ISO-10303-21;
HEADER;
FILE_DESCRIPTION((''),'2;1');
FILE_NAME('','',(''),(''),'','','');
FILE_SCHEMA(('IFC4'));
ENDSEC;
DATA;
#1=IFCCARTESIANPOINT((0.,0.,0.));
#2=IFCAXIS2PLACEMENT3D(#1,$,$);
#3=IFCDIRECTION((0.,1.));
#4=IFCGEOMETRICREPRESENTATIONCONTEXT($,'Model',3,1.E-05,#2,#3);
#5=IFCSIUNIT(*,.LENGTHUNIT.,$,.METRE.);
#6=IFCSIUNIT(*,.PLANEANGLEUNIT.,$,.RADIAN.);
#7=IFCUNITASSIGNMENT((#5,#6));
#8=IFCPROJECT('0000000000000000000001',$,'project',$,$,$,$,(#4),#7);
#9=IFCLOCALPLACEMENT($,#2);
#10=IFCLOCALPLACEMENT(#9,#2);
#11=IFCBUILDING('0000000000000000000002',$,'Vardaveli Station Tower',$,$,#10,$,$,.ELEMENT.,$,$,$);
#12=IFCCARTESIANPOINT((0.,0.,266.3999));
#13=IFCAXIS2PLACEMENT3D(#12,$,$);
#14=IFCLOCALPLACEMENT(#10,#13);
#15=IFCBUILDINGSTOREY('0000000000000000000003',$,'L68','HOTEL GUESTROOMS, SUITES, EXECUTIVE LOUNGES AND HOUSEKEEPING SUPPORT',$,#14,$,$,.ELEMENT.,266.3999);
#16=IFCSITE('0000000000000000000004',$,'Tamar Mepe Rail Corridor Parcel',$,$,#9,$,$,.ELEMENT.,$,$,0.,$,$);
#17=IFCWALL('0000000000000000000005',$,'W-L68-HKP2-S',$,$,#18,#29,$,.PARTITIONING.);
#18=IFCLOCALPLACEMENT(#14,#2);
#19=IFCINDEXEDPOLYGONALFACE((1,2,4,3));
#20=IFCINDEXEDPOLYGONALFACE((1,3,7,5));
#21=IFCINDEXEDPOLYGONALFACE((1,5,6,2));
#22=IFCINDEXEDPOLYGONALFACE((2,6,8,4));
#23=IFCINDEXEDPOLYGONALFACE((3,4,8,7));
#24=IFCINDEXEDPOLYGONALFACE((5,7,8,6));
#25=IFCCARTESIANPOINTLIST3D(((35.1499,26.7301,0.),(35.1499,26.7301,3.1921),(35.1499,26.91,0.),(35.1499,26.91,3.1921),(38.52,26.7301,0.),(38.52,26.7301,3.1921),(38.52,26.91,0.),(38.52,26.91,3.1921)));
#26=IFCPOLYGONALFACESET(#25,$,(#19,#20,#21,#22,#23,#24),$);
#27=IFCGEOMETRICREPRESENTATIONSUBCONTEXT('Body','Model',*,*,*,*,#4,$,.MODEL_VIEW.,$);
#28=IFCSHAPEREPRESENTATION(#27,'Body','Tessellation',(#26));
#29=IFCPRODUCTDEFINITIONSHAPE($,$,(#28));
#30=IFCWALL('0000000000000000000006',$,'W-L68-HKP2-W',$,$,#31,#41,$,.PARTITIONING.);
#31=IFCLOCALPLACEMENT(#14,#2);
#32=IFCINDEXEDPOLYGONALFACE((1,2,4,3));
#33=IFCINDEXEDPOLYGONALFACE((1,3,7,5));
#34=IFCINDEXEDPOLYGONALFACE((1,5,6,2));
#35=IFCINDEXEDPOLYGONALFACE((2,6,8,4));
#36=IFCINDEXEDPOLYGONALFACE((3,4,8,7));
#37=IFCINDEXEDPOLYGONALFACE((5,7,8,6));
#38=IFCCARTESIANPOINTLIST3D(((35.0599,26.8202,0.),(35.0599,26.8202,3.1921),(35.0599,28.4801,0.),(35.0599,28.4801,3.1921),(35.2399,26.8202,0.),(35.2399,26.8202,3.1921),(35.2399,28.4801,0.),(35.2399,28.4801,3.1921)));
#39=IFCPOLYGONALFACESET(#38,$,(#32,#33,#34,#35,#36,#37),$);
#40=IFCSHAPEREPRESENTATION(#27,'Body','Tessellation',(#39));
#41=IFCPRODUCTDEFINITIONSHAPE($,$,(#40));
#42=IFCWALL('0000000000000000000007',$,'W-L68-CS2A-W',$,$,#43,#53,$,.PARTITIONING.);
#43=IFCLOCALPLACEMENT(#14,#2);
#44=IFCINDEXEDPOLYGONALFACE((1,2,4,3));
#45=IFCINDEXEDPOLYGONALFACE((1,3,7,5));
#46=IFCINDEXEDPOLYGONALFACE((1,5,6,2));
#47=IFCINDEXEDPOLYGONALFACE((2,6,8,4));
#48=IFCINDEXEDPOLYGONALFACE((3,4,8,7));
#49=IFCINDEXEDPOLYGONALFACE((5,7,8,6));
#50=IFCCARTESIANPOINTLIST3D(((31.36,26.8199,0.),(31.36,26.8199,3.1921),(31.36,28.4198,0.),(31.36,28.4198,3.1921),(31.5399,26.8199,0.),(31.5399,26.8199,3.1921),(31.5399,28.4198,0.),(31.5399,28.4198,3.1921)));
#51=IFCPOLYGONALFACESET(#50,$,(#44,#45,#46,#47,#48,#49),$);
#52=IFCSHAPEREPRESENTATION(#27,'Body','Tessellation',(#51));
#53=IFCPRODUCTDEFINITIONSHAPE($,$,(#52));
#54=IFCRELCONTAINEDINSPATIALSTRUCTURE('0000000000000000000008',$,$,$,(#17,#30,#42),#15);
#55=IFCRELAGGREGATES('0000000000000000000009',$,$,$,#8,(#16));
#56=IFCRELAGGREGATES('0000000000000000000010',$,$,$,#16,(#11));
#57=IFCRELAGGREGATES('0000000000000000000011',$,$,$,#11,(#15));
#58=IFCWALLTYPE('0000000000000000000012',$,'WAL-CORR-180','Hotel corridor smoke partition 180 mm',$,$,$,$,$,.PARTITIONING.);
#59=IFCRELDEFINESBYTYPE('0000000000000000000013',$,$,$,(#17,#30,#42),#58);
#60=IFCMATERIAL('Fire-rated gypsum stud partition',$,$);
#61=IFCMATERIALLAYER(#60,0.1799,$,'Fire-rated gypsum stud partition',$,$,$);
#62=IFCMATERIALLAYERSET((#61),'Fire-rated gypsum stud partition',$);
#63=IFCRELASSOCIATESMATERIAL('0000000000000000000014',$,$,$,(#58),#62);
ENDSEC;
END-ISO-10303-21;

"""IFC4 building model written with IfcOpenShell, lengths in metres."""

from ifc_helpers import new_model, si_unit, direction, frame, frame_2d, origin, place, context, subcontext, project, spatial, rectangle, extrude, source, transform, mapped, material, layer, layer_set, type_object, element, save


model = new_model("IFC4")

# Units and contexts
model_context = context("Model", 3, precision=1e-05, world=origin(), true_north=direction((0.0, 1.0)))
body_context = subcontext(model_context, "Body", "Model", "MODEL_VIEW")
ifc_project = project(units=[si_unit("LENGTHUNIT", "METRE"), si_unit("PLANEANGLEUNIT", "RADIAN")], contexts=[model_context])

# Site, building, storey
site_placement = place(None, origin())
site = spatial("IfcSite", under=ifc_project, at=site_placement, Name="Tamar Mepe Rail Corridor Parcel", CompositionType="ELEMENT", RefElevation=0.0)
building_placement = place(site_placement, origin())
building = spatial("IfcBuilding", under=site, at=building_placement, Name="Vardaveli Station Tower", CompositionType="ELEMENT")
storey_placement = place(building_placement, frame((0.0, 0.0, 266.3999)))
storey = spatial("IfcBuildingStorey", under=building, at=storey_placement, Name="L68", Description="HOTEL GUESTROOMS, SUITES, EXECUTIVE LOUNGES AND HOUSEKEEPING SUPPORT", CompositionType="ELEMENT", Elevation=266.3999)

# Shared definitions
ifc_material_1 = material(Name="Fire-rated gypsum stud partition")
ifc_layer_1 = layer(ifc_material_1, 0.1799, Name="Fire-rated gypsum stud partition")
ifc_layer_set_1 = layer_set([ifc_layer_1], Name="Fire-rated gypsum stud partition")
wall_type_1 = type_object("IfcWallType", Name="WAL-CORR-180", Description="Hotel corridor smoke partition 180 mm", PredefinedType="PARTITIONING", material=ifc_layer_set_1)

# Walls
shared_shape_1 = source(origin(), body_context, "Body", "SweptSolid", [
    extrude(rectangle(XDim=3.3701, YDim=0.1799, at=frame_2d((1.6851, 0.0))), origin(), (0.0, 0.0, 1.0), 3.1921),
])
wall_1_placement = place(storey_placement, frame((35.1499, 26.8201, 0.0), z_axis=(0.0, 0.0, 1.0), x_axis=(1.0, 0.0, 0.0)))
element("IfcWall", 1, at=wall_1_placement, inside=storey, type_object=wall_type_1, Name="W-L68-HKP2-S", PredefinedType="PARTITIONING", context=body_context, shape_type="MappedRepresentation", body=[
    mapped(shared_shape_1, transform((0.0, 0.0, 0.0), scale=1.0)),
])
shared_shape_2 = source(origin(), body_context, "Body", "SweptSolid", [
    extrude(rectangle(XDim=1.6599, YDim=0.1799, at=frame_2d((0.8301, 0.0))), origin(), (0.0, 0.0, 1.0), 3.1921),
])
wall_2_placement = place(storey_placement, frame((35.1499, 26.8201, 0.0), z_axis=(0.0, 0.0, 1.0), x_axis=(0.0, 1.0, 0.0)))
element("IfcWall", 2, at=wall_2_placement, inside=storey, type_object=wall_type_1, Name="W-L68-HKP2-W", PredefinedType="PARTITIONING", context=body_context, shape_type="MappedRepresentation", body=[
    mapped(shared_shape_2, transform((0.0, 0.0, 0.0), scale=1.0)),
])
shared_shape_3 = source(origin(), body_context, "Body", "SweptSolid", [
    extrude(rectangle(XDim=1.5999, YDim=0.1799, at=frame_2d((0.7998, 0.0))), origin(), (0.0, 0.0, 1.0), 3.1921),
])
wall_3_placement = place(storey_placement, frame((31.45, 26.8201, 0.0), z_axis=(0.0, 0.0, 1.0), x_axis=(0.0, 1.0, 0.0)))
element("IfcWall", 3, at=wall_3_placement, inside=storey, type_object=wall_type_1, Name="W-L68-CS2A-W", PredefinedType="PARTITIONING", context=body_context, shape_type="MappedRepresentation", body=[
    mapped(shared_shape_3, transform((0.0, 0.0, 0.0), scale=1.0)),
])

save(model, "model.ifc")
